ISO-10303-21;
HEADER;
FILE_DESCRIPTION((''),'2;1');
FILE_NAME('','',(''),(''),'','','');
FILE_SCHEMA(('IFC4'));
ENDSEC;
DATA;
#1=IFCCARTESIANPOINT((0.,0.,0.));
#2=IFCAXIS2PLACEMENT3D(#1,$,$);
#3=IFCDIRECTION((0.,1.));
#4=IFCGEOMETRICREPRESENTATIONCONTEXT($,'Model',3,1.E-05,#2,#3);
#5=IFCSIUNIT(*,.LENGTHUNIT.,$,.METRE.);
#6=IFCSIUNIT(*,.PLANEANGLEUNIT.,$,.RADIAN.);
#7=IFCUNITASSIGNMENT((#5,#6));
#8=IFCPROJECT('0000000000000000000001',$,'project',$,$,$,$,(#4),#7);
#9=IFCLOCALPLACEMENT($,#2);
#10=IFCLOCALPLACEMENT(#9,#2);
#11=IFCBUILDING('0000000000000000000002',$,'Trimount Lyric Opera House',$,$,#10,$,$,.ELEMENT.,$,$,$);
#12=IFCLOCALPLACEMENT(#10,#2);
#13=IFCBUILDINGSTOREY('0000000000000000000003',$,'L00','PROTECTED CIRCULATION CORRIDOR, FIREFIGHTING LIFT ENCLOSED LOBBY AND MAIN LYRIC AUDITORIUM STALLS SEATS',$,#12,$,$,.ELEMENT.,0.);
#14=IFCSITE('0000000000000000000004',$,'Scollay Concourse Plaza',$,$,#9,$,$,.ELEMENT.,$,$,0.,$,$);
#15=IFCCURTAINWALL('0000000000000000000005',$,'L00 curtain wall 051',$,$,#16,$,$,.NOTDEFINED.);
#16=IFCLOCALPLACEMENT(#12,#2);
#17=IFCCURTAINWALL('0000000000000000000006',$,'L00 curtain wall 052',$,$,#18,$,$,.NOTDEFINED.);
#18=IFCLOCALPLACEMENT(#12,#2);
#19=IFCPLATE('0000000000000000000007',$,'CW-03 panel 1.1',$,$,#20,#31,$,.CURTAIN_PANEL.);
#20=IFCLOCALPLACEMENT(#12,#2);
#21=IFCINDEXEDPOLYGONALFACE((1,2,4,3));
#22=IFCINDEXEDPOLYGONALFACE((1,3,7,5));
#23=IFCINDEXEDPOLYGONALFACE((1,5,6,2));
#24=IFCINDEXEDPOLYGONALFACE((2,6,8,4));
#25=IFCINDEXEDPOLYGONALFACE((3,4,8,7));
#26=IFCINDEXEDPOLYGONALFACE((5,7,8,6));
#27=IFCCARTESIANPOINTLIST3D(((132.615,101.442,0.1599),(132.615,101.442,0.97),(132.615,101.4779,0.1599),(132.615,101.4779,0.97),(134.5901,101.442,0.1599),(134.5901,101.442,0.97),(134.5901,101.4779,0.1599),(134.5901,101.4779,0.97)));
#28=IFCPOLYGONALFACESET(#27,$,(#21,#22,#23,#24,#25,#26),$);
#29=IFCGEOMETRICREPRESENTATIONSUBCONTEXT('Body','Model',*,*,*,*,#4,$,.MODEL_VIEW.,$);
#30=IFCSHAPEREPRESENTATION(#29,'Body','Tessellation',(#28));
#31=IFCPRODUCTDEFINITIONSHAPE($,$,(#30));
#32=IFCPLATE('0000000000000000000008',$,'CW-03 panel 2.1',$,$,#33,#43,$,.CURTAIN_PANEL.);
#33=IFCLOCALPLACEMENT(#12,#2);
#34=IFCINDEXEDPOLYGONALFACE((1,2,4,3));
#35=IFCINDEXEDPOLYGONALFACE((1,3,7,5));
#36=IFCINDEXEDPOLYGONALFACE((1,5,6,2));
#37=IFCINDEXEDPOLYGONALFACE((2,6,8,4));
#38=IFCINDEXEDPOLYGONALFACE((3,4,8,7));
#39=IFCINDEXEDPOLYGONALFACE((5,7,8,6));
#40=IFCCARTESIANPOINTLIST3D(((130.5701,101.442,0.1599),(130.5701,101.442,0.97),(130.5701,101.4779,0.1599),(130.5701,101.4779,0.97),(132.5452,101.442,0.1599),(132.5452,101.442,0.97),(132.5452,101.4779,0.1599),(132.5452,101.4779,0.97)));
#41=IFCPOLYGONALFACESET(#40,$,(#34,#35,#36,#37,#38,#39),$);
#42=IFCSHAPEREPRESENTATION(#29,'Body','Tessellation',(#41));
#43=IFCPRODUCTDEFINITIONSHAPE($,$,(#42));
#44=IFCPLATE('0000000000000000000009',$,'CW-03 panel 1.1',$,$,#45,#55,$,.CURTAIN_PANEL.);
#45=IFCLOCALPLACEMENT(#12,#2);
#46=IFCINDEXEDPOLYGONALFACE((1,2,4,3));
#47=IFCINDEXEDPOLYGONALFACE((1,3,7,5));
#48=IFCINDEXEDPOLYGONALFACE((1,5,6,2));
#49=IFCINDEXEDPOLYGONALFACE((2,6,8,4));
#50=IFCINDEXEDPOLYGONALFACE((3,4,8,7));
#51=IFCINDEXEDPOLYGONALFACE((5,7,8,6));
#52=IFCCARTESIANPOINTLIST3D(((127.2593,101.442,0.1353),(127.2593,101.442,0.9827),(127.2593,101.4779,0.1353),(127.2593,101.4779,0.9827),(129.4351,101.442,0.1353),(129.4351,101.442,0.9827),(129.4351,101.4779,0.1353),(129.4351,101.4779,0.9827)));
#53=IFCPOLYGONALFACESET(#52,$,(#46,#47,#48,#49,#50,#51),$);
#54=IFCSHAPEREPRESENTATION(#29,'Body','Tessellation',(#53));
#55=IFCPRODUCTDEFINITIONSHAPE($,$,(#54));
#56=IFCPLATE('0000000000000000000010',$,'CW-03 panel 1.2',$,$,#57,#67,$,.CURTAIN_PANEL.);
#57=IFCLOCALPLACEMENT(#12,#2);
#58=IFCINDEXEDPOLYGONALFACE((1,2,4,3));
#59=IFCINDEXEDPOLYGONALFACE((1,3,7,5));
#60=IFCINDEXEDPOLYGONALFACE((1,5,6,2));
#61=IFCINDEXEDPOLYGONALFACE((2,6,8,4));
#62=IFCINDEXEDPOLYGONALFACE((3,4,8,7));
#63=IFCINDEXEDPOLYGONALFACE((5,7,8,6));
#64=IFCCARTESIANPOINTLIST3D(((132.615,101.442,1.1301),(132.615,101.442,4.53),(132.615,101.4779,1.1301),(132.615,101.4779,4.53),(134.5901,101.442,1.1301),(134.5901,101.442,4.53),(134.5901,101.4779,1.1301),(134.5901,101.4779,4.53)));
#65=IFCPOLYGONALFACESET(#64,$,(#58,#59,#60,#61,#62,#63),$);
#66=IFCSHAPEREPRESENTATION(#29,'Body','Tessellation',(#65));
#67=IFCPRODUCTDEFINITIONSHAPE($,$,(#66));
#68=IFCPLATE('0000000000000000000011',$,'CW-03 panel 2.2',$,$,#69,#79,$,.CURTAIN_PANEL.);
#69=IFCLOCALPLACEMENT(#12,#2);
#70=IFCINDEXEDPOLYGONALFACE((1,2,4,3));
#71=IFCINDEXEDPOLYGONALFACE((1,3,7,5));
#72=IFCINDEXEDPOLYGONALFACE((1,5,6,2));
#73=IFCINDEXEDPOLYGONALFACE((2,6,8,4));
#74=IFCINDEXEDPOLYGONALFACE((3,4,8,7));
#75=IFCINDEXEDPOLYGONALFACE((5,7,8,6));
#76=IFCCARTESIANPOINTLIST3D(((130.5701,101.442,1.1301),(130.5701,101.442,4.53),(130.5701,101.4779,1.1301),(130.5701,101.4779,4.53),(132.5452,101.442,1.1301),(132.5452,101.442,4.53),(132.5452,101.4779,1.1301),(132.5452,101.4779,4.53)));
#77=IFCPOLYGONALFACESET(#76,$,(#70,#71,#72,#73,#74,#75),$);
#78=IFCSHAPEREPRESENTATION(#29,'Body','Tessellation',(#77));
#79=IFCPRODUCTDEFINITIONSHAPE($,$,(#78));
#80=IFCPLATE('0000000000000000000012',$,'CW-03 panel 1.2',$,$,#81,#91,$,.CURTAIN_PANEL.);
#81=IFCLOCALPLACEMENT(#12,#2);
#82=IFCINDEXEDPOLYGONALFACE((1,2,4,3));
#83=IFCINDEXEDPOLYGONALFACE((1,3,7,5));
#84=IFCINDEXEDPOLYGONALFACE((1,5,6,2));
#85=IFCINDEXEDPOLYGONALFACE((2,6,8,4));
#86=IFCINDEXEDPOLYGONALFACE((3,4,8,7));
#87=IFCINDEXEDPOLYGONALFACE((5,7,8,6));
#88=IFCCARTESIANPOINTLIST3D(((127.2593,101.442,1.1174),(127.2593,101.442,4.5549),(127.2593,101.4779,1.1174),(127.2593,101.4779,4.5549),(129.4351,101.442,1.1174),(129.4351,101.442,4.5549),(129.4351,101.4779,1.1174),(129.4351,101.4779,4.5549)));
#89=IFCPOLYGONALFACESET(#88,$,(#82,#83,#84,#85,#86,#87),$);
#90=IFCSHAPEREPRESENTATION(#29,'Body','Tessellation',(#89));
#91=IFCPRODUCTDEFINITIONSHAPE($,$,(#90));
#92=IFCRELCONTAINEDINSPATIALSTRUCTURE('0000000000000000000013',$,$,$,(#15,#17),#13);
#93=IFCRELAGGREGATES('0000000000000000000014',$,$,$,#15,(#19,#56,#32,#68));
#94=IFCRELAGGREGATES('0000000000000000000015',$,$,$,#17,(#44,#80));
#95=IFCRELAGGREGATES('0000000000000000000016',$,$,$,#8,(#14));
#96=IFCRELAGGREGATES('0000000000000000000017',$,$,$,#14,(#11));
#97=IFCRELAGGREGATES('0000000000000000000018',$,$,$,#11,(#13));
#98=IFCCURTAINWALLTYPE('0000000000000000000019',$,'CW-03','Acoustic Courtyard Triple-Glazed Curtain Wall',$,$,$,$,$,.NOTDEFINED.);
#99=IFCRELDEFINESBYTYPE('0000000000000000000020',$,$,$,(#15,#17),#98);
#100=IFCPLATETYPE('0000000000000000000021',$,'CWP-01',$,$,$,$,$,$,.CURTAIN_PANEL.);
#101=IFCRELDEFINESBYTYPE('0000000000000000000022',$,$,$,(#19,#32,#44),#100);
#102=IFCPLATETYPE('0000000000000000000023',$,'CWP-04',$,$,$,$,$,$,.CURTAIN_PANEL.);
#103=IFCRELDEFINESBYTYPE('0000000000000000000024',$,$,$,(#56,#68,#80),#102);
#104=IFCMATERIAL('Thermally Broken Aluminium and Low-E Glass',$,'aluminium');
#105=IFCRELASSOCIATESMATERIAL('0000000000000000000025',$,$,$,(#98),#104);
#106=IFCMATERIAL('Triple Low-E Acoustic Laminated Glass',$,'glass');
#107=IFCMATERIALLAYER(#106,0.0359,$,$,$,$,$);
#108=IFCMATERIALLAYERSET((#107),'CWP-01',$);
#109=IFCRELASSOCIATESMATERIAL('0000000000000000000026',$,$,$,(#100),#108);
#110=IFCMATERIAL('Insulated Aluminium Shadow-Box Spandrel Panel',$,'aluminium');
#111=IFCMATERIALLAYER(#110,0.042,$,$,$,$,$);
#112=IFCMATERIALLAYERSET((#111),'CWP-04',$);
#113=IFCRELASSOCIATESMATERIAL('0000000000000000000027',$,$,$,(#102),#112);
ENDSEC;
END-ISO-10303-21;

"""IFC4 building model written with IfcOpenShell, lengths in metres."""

from ifc_helpers import new_model, si_unit, direction, frame, origin, origin_2d, place, context, subcontext, project, spatial, rectangle, extrude, material, layer, layer_set, type_object, element, aggregate, save


model = new_model("IFC4")

# Units and contexts
model_context = context("Model", 3, precision=1e-05, world=origin(), true_north=direction((0.0, 1.0)))
body_context = subcontext(model_context, "Body", "Model", "MODEL_VIEW")
ifc_project = project(units=[si_unit("LENGTHUNIT", "METRE"), si_unit("PLANEANGLEUNIT", "RADIAN")], contexts=[model_context])

# Site, building, storey
site_placement = place(None, origin())
site = spatial("IfcSite", under=ifc_project, at=site_placement, Name="Scollay Concourse Plaza", CompositionType="ELEMENT", RefElevation=0.0)
building_placement = place(site_placement, origin())
building = spatial("IfcBuilding", under=site, at=building_placement, Name="Trimount Lyric Opera House", CompositionType="ELEMENT")
storey_placement = place(building_placement, origin())
storey = spatial("IfcBuildingStorey", under=building, at=storey_placement, Name="L00", Description="PROTECTED CIRCULATION CORRIDOR, FIREFIGHTING LIFT ENCLOSED LOBBY AND MAIN LYRIC AUDITORIUM STALLS SEATS", CompositionType="ELEMENT", Elevation=0.0)

# Curtain walls
ifc_material_1 = material(Name="Thermally Broken Aluminium and Low-E Glass", Category="aluminium")
curtain_wall_type = type_object("IfcCurtainWallType", Name="CW-03", Description="Acoustic Courtyard Triple-Glazed Curtain Wall", PredefinedType="NOTDEFINED", material=ifc_material_1)
curtain_wall_1_placement = place(storey_placement, origin())
curtain_wall_1 = element("IfcCurtainWall", 1, at=curtain_wall_1_placement, inside=storey, type_object=curtain_wall_type, Name="L00 curtain wall 051", PredefinedType="NOTDEFINED")
curtain_wall_2_placement = place(storey_placement, origin())
curtain_wall_2 = element("IfcCurtainWall", 2, at=curtain_wall_2_placement, inside=storey, type_object=curtain_wall_type, Name="L00 curtain wall 052", PredefinedType="NOTDEFINED")

# Plates
ifc_material_2 = material(Name="Triple Low-E Acoustic Laminated Glass", Category="glass")
ifc_layer_1 = layer(ifc_material_2, 0.0359)
ifc_layer_set_1 = layer_set([ifc_layer_1], Name="CWP-01")
plate_type_1 = type_object("IfcPlateType", Name="CWP-01", PredefinedType="CURTAIN_PANEL", material=ifc_layer_set_1)
plate_1_placement = place(storey_placement, frame((133.6025, 101.46, 0.1599), z_axis=(0.0, 0.0, 1.0), x_axis=(-1.0, 0.0, 0.0)))
plate_1 = element("IfcPlate", 3, at=plate_1_placement, type_object=plate_type_1, Name="CW-03 panel 1.1", PredefinedType="CURTAIN_PANEL", context=body_context, shape_type="SweptSolid", body=[
    extrude(rectangle(XDim=1.9751, YDim=0.0359, at=origin_2d()), origin(), (0.0, 0.0, 1.0), 0.8101),
])
plate_2_placement = place(storey_placement, frame((131.5576, 101.46, 0.1599), z_axis=(0.0, 0.0, 1.0), x_axis=(-1.0, 0.0, 0.0)))
plate_2 = element("IfcPlate", 4, at=plate_2_placement, type_object=plate_type_1, Name="CW-03 panel 2.1", PredefinedType="CURTAIN_PANEL", context=body_context, shape_type="SweptSolid", body=[
    extrude(rectangle(XDim=1.9751, YDim=0.0359, at=origin_2d()), origin(), (0.0, 0.0, 1.0), 0.8101),
])
plate_3_placement = place(storey_placement, frame((128.3472, 101.46, 0.1353), z_axis=(0.0, 0.0, 1.0), x_axis=(-1.0, 0.0, 0.0)))
plate_3 = element("IfcPlate", 5, at=plate_3_placement, type_object=plate_type_1, Name="CW-03 panel 1.1", PredefinedType="CURTAIN_PANEL", context=body_context, shape_type="SweptSolid", body=[
    extrude(rectangle(XDim=2.1758, YDim=0.0359, at=origin_2d()), origin(), (0.0, 0.0, 1.0), 0.8474),
])
ifc_material_3 = material(Name="Insulated Aluminium Shadow-Box Spandrel Panel", Category="aluminium")
ifc_layer_2 = layer(ifc_material_3, 0.042)
ifc_layer_set_2 = layer_set([ifc_layer_2], Name="CWP-04")
plate_type_2 = type_object("IfcPlateType", Name="CWP-04", PredefinedType="CURTAIN_PANEL", material=ifc_layer_set_2)
plate_4_placement = place(storey_placement, frame((133.6025, 101.46, 1.1301), z_axis=(0.0, 0.0, 1.0), x_axis=(-1.0, 0.0, 0.0)))
plate_4 = element("IfcPlate", 6, at=plate_4_placement, type_object=plate_type_2, Name="CW-03 panel 1.2", PredefinedType="CURTAIN_PANEL", context=body_context, shape_type="SweptSolid", body=[
    extrude(rectangle(XDim=1.9751, YDim=0.0359, at=origin_2d()), origin(), (0.0, 0.0, 1.0), 3.3999),
])
plate_5_placement = place(storey_placement, frame((131.5576, 101.46, 1.1301), z_axis=(0.0, 0.0, 1.0), x_axis=(-1.0, 0.0, 0.0)))
plate_5 = element("IfcPlate", 7, at=plate_5_placement, type_object=plate_type_2, Name="CW-03 panel 2.2", PredefinedType="CURTAIN_PANEL", context=body_context, shape_type="SweptSolid", body=[
    extrude(rectangle(XDim=1.9751, YDim=0.0359, at=origin_2d()), origin(), (0.0, 0.0, 1.0), 3.3999),
])
aggregate(curtain_wall_1, [plate_1, plate_4, plate_2, plate_5])
plate_6_placement = place(storey_placement, frame((128.3472, 101.46, 1.1174), z_axis=(0.0, 0.0, 1.0), x_axis=(-1.0, 0.0, 0.0)))
plate_6 = element("IfcPlate", 8, at=plate_6_placement, type_object=plate_type_2, Name="CW-03 panel 1.2", PredefinedType="CURTAIN_PANEL", context=body_context, shape_type="SweptSolid", body=[
    extrude(rectangle(XDim=2.1758, YDim=0.0359, at=origin_2d()), origin(), (0.0, 0.0, 1.0), 3.4375),
])
aggregate(curtain_wall_2, [plate_3, plate_6])

save(model, "model.ifc")
